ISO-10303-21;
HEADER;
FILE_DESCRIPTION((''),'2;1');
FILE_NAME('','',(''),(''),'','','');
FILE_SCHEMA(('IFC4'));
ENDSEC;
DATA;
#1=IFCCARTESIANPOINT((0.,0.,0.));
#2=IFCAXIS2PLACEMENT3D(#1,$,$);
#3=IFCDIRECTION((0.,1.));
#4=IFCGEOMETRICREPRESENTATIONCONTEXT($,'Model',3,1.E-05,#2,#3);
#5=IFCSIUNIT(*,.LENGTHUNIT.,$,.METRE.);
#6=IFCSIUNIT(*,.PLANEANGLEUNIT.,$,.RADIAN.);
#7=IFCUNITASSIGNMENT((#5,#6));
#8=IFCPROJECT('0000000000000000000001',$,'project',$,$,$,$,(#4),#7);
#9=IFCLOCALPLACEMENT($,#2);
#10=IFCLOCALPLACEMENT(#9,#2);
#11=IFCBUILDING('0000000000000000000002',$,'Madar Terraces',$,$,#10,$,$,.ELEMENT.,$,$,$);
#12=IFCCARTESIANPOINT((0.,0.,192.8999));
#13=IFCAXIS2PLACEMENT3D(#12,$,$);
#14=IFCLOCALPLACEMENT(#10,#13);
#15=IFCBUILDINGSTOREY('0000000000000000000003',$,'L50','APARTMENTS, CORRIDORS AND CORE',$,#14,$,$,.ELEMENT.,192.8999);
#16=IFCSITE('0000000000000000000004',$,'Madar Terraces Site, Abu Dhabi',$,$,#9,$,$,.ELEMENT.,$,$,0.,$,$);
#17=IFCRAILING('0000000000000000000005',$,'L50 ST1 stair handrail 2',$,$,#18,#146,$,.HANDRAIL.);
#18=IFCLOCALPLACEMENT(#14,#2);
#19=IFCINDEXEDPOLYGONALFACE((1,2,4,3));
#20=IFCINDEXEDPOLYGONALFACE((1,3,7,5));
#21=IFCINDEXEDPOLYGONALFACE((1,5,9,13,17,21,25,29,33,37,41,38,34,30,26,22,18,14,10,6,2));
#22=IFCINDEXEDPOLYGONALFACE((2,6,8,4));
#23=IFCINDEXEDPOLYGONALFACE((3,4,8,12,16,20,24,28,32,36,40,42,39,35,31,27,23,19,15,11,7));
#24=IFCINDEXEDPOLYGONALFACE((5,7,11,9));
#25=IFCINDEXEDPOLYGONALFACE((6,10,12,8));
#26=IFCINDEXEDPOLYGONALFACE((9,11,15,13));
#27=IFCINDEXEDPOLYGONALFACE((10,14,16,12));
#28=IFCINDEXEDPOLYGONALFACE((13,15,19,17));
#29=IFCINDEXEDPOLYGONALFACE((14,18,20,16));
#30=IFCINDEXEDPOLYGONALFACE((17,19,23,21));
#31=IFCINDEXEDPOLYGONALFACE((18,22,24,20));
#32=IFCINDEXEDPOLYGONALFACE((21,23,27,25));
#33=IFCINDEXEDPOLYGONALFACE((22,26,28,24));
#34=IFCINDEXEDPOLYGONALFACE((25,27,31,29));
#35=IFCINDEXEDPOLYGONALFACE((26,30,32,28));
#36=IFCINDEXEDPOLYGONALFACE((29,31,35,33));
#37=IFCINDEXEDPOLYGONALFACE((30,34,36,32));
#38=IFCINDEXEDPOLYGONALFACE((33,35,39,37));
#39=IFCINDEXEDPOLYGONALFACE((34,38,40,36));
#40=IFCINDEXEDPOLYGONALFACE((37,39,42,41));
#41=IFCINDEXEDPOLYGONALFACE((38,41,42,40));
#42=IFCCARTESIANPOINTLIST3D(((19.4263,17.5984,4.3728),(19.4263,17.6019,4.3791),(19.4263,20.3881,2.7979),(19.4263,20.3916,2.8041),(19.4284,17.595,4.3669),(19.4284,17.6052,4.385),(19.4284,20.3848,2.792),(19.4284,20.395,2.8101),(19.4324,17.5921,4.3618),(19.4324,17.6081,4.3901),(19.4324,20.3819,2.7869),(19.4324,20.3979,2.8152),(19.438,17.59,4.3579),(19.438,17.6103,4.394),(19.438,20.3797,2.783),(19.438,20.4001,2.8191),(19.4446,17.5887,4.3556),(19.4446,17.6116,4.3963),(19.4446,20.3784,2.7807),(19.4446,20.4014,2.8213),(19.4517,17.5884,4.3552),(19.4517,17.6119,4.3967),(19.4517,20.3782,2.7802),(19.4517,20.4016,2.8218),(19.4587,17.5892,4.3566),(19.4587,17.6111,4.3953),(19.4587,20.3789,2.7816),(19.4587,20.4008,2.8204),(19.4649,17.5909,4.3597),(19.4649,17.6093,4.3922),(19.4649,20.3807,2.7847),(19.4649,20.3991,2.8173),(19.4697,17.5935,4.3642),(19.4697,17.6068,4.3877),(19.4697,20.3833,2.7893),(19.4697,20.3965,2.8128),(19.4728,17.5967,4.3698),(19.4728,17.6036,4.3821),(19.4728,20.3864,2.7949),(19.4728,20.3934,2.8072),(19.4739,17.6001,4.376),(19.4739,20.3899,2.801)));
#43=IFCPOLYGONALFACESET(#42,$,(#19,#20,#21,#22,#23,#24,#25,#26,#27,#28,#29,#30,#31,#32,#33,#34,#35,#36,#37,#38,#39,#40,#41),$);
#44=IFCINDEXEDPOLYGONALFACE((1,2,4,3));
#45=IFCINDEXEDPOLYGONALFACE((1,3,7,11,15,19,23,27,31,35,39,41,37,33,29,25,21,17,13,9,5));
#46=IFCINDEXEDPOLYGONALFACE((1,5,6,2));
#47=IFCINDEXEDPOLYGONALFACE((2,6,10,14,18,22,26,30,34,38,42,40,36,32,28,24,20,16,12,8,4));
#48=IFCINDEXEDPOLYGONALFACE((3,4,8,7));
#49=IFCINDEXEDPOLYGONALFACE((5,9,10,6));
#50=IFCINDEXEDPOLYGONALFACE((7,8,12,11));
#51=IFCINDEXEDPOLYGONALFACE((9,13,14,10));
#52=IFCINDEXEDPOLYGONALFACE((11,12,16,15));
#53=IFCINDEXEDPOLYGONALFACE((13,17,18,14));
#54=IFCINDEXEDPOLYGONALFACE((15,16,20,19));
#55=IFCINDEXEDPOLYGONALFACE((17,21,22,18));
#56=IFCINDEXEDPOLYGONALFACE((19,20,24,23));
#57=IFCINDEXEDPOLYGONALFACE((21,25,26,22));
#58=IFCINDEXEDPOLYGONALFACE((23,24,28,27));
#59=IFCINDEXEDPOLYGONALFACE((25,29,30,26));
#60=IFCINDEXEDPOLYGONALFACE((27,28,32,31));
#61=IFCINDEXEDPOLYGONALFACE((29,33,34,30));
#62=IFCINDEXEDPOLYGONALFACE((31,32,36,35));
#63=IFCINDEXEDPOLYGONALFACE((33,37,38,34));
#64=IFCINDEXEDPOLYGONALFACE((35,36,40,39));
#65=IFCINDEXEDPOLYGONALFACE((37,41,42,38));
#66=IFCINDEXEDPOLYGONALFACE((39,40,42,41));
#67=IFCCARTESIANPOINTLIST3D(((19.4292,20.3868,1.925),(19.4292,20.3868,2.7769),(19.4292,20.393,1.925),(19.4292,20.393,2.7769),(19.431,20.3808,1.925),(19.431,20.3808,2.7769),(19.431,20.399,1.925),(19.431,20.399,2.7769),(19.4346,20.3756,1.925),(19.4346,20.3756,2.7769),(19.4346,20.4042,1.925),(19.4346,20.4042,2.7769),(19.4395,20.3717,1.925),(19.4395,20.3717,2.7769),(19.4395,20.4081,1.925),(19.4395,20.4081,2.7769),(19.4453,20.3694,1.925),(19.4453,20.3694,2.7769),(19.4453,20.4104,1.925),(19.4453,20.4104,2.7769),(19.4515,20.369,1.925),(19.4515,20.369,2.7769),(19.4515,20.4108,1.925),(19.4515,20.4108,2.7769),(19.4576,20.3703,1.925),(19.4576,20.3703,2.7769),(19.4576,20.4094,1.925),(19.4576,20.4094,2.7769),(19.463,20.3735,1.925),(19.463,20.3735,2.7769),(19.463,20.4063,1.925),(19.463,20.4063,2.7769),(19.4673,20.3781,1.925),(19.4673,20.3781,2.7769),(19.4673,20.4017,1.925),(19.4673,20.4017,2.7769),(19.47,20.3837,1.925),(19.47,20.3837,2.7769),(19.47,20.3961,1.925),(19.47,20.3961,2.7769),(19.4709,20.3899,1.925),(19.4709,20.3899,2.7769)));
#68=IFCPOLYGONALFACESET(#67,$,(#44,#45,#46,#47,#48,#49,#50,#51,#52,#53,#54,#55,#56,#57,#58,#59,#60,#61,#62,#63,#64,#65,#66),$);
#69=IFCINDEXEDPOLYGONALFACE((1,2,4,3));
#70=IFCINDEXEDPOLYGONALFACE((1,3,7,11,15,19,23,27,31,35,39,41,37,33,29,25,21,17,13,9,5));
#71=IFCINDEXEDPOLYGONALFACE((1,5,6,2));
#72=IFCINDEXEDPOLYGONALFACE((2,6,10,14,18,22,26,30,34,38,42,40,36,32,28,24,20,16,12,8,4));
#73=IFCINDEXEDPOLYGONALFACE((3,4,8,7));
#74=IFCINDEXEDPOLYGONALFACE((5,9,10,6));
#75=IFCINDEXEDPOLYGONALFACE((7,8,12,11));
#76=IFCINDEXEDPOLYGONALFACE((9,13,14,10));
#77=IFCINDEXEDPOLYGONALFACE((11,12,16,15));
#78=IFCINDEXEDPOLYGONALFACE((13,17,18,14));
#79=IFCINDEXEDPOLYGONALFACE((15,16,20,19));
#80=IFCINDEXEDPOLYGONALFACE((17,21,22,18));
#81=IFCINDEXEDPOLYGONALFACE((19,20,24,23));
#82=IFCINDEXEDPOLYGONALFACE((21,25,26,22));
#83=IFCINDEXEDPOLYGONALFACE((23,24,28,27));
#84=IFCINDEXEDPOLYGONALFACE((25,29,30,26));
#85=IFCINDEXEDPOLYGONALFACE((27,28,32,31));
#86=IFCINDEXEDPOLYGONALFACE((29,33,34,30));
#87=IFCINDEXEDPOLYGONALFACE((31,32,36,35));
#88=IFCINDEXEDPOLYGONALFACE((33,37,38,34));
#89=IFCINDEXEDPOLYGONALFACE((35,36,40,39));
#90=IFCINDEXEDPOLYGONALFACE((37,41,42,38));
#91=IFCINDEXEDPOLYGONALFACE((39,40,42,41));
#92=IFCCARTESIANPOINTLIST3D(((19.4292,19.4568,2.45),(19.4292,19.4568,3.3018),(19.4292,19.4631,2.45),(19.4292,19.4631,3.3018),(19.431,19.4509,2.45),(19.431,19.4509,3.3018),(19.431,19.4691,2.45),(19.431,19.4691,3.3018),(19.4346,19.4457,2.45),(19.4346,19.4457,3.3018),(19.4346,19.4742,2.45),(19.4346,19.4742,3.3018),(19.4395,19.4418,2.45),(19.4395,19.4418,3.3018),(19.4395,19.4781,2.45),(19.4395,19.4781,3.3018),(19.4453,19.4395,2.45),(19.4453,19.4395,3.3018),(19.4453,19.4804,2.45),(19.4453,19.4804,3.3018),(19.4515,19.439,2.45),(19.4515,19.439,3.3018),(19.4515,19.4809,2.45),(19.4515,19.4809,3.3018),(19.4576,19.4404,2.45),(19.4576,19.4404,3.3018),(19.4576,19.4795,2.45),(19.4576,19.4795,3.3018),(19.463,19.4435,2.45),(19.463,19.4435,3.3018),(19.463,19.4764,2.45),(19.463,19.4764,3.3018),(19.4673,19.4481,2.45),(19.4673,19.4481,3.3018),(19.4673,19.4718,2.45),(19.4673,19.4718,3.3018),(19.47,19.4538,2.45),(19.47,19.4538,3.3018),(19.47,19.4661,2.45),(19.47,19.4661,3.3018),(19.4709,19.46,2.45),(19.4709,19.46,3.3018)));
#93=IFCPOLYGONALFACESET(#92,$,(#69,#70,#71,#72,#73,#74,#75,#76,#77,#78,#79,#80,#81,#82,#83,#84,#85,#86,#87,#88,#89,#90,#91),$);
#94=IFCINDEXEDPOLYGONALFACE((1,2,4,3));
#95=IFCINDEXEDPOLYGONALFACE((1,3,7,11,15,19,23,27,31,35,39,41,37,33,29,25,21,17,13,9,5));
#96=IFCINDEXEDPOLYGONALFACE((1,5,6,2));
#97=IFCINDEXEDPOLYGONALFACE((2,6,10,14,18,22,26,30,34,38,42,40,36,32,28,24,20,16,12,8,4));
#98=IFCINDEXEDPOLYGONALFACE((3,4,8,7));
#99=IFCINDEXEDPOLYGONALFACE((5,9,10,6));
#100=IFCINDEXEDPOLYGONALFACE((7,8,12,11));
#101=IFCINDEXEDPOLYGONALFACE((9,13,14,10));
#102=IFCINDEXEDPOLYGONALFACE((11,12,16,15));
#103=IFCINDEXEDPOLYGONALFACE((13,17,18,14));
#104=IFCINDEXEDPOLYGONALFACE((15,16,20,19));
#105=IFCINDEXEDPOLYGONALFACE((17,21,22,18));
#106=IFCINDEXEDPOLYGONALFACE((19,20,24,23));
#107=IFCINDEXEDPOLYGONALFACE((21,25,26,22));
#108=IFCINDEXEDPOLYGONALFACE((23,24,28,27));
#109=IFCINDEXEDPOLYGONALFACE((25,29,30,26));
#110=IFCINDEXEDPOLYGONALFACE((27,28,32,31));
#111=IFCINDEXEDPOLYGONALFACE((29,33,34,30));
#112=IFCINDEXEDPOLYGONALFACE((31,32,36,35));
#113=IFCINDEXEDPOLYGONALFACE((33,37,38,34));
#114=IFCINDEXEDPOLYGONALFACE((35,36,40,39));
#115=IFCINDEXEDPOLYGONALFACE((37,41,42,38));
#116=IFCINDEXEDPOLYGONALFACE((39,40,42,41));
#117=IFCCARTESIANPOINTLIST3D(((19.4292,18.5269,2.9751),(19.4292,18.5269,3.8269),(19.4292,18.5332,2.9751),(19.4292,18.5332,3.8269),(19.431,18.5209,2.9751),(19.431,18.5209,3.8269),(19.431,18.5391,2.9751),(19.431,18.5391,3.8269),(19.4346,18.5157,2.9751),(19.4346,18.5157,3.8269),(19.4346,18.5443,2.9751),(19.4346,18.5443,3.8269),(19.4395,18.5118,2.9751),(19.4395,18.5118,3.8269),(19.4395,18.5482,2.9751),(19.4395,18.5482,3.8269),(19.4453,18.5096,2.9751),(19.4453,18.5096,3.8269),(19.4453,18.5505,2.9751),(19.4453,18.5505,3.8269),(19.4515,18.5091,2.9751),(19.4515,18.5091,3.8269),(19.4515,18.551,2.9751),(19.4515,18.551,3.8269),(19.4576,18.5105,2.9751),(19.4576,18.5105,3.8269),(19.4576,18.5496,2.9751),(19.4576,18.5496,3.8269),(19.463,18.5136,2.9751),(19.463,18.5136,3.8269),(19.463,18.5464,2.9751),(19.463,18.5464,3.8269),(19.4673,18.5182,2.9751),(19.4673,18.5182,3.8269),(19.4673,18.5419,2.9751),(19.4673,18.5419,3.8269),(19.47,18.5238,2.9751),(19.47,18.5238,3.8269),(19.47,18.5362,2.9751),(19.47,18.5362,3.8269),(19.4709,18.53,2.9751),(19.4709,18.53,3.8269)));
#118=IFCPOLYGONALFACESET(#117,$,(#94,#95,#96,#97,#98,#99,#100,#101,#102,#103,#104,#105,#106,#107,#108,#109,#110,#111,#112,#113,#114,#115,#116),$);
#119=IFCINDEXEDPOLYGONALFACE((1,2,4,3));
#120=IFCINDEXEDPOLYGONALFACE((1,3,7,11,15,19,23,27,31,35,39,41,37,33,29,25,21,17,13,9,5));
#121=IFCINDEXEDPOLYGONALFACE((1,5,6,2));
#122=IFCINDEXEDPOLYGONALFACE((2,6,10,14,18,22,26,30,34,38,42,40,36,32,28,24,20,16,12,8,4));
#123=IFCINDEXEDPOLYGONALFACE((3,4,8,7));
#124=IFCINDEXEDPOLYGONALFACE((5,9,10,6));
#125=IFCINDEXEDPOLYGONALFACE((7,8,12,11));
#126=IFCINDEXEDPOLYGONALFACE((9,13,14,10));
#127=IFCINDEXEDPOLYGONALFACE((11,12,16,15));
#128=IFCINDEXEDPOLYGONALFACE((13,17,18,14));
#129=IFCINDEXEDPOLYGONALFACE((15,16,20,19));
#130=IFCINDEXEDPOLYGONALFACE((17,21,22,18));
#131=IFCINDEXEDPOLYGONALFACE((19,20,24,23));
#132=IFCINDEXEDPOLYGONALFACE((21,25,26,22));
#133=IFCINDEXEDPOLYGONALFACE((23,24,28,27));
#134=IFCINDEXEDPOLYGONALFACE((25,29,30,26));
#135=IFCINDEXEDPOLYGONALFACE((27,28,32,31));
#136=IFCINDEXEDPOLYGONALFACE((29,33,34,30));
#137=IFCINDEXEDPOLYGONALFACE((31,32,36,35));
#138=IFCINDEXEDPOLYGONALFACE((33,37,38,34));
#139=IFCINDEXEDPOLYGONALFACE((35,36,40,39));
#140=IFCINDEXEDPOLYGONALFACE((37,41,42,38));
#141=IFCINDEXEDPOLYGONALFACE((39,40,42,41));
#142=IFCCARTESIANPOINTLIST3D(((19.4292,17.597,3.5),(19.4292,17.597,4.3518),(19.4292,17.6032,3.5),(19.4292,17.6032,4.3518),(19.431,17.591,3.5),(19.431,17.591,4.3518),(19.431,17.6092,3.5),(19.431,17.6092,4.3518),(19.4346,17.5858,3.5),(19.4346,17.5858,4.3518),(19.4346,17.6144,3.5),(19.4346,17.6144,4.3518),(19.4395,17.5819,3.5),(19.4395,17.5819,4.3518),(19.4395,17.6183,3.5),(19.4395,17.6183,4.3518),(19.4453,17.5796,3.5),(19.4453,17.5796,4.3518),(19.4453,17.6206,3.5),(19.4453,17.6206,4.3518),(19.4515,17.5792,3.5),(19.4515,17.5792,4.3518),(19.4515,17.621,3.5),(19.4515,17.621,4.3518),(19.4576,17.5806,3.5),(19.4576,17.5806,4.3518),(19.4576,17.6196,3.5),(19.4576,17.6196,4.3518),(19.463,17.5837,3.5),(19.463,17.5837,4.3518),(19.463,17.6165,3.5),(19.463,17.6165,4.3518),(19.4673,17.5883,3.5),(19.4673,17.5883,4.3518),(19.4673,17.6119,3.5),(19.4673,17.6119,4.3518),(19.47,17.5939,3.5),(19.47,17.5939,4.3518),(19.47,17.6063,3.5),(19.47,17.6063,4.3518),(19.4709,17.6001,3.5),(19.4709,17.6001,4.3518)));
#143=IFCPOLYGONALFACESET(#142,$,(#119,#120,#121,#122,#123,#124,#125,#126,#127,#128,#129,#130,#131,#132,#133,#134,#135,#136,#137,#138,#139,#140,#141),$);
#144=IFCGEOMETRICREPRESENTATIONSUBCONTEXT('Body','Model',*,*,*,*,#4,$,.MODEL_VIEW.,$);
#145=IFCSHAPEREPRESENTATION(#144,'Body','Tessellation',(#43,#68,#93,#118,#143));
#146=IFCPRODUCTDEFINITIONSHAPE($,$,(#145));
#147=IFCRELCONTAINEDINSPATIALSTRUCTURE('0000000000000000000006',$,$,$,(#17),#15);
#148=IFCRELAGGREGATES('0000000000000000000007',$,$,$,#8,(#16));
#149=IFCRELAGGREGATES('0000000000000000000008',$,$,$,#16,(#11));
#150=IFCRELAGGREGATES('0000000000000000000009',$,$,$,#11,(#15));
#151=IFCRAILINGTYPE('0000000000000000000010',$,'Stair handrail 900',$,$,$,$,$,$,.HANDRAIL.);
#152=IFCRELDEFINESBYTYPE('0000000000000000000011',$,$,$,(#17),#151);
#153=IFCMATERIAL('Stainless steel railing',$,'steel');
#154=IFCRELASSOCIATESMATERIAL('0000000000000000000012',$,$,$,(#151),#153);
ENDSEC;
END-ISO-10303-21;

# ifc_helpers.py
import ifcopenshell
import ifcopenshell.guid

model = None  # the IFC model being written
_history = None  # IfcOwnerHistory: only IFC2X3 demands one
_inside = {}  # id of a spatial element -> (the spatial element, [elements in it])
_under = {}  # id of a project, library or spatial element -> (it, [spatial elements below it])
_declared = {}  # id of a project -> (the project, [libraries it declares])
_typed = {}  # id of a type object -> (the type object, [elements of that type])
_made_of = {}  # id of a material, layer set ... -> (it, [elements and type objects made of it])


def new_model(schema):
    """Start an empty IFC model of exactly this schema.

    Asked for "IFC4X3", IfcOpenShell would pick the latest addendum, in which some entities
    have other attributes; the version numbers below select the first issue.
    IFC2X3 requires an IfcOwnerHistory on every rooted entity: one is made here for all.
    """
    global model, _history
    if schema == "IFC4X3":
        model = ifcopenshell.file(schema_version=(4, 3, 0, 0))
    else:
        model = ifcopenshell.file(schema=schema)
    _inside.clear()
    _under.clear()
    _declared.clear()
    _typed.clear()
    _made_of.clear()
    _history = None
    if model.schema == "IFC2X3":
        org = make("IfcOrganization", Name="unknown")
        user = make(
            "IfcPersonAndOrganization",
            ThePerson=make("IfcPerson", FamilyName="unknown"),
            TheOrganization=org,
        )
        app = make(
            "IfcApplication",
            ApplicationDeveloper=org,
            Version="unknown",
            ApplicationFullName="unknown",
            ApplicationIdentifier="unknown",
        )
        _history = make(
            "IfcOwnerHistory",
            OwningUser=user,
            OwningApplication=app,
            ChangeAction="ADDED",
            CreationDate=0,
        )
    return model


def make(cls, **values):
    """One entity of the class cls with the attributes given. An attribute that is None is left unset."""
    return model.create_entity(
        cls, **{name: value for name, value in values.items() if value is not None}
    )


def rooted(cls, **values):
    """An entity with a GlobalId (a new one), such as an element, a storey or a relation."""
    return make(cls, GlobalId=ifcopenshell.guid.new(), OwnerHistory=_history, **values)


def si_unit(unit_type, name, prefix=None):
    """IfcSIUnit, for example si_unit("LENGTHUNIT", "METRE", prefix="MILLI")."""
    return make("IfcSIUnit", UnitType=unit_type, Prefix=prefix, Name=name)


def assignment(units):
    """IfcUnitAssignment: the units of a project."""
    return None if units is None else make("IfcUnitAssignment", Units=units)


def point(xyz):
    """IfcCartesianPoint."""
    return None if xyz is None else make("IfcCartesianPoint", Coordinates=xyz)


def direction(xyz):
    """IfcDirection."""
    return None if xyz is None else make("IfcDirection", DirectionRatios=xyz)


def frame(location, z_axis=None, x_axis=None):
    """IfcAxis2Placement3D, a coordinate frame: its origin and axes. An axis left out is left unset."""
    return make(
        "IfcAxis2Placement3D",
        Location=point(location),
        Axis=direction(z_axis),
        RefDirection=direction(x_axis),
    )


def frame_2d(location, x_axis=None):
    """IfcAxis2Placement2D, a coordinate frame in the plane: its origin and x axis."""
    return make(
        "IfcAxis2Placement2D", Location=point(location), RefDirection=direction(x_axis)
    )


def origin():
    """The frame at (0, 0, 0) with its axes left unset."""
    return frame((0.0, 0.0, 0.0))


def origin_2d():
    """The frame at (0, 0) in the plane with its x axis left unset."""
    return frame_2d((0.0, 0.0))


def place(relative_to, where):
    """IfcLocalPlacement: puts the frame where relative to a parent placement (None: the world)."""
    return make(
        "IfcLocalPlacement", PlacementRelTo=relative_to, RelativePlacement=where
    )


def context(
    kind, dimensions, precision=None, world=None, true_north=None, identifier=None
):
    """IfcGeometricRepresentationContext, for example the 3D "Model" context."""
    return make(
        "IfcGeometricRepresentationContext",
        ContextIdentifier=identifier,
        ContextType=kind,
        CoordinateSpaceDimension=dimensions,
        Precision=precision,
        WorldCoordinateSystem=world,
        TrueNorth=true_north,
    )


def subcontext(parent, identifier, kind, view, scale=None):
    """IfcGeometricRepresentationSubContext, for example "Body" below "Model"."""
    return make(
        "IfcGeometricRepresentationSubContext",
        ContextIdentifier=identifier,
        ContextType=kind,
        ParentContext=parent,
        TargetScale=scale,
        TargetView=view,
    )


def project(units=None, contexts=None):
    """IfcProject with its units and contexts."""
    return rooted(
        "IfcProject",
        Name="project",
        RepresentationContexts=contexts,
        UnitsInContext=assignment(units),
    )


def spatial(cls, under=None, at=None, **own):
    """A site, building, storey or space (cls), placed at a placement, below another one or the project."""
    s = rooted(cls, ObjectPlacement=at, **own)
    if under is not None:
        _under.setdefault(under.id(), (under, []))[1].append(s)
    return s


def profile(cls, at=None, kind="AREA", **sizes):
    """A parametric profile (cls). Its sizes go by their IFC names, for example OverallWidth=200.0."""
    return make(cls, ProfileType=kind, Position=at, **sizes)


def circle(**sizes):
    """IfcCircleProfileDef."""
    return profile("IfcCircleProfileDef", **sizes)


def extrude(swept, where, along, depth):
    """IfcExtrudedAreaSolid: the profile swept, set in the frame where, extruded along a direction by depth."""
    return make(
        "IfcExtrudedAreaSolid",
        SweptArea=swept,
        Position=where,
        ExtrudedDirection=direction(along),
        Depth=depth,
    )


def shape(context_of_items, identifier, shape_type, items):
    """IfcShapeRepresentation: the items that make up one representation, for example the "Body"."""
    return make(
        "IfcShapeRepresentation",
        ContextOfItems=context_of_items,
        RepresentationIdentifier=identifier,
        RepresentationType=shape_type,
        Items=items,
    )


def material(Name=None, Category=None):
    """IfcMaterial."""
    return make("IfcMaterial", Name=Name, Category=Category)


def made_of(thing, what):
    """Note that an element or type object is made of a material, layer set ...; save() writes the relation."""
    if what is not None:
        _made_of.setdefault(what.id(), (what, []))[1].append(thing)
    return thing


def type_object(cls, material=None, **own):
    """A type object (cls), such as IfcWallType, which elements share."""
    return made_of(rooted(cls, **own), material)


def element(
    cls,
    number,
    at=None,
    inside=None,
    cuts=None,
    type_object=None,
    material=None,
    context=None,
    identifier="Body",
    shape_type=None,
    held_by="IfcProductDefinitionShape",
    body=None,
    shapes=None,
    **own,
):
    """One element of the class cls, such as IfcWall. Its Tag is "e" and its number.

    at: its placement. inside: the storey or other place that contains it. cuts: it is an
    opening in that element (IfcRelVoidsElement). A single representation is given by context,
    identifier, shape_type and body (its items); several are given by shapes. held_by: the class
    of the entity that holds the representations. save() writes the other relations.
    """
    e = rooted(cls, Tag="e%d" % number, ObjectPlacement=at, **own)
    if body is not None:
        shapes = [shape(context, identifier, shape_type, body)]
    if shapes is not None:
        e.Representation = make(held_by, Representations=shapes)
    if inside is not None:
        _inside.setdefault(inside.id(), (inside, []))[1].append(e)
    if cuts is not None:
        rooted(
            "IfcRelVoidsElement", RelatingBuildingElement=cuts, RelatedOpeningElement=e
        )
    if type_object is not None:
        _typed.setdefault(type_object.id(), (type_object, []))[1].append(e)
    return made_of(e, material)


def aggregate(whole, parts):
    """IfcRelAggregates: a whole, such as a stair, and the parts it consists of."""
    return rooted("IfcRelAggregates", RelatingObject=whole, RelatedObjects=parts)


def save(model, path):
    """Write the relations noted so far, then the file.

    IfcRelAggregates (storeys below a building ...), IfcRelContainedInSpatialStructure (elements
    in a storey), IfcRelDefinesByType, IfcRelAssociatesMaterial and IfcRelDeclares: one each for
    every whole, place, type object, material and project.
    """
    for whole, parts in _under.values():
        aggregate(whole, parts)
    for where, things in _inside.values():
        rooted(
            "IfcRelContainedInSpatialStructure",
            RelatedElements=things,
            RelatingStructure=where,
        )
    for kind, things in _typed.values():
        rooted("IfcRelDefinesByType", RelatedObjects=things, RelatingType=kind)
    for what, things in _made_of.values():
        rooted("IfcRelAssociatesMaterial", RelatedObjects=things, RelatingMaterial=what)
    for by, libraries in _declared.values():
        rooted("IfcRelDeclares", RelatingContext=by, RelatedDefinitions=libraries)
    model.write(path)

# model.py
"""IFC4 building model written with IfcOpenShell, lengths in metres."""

from ifc_helpers import new_model, si_unit, direction, frame, origin, origin_2d, place, context, subcontext, project, spatial, circle, extrude, material, type_object, element, save


model = new_model("IFC4")

# Units and contexts
model_context = context("Model", 3, precision=1e-05, world=origin(), true_north=direction((0.0, 1.0)))
body_context = subcontext(model_context, "Body", "Model", "MODEL_VIEW")
ifc_project = project(units=[si_unit("LENGTHUNIT", "METRE"), si_unit("PLANEANGLEUNIT", "RADIAN")], contexts=[model_context])

# Site, building, storey
site_placement = place(None, origin())
site = spatial("IfcSite", under=ifc_project, at=site_placement, Name="Madar Terraces Site, Abu Dhabi", CompositionType="ELEMENT", RefElevation=0.0)
building_placement = place(site_placement, origin())
building = spatial("IfcBuilding", under=site, at=building_placement, Name="Madar Terraces", CompositionType="ELEMENT")
storey_placement = place(building_placement, frame((0.0, 0.0, 192.8999)))
storey = spatial("IfcBuildingStorey", under=building, at=storey_placement, Name="L50", Description="APARTMENTS, CORRIDORS AND CORE", CompositionType="ELEMENT", Elevation=192.8999)

# Railing
ifc_material_1 = material(Name="Stainless steel railing", Category="steel")
railing_type_1 = type_object("IfcRailingType", Name="Stair handrail 900", PredefinedType="HANDRAIL", material=ifc_material_1)
railing_1_placement = place(storey_placement, frame((19.45, 20.3899, 1.925)))
element("IfcRailing", 1, at=railing_1_placement, inside=storey, type_object=railing_type_1, Name="L50 ST1 stair handrail 2", PredefinedType="HANDRAIL", context=body_context, shape_type="SweptSolid", body=[
    extrude(circle(Radius=0.0239, at=origin_2d()), frame((0.0, 0.0, 0.876), z_axis=(0.0, -0.870815, 0.49161), x_axis=(1.0, 0.0, 0.0)), (0.0, 0.0, 1.0), 3.2036),
    extrude(circle(Radius=0.021, at=origin_2d()), origin(), (0.0, 0.0, 1.0), 0.8518),
    extrude(circle(Radius=0.021, at=origin_2d()), frame((0.0, -0.9299, 0.5249)), (0.0, 0.0, 1.0), 0.8518),
    extrude(circle(Radius=0.021, at=origin_2d()), frame((0.0, -1.8599, 1.05)), (0.0, 0.0, 1.0), 0.8518),
    extrude(circle(Radius=0.021, at=origin_2d()), frame((0.0, -2.7898, 1.575)), (0.0, 0.0, 1.0), 0.8518),
])

save(model, "model.ifc")
